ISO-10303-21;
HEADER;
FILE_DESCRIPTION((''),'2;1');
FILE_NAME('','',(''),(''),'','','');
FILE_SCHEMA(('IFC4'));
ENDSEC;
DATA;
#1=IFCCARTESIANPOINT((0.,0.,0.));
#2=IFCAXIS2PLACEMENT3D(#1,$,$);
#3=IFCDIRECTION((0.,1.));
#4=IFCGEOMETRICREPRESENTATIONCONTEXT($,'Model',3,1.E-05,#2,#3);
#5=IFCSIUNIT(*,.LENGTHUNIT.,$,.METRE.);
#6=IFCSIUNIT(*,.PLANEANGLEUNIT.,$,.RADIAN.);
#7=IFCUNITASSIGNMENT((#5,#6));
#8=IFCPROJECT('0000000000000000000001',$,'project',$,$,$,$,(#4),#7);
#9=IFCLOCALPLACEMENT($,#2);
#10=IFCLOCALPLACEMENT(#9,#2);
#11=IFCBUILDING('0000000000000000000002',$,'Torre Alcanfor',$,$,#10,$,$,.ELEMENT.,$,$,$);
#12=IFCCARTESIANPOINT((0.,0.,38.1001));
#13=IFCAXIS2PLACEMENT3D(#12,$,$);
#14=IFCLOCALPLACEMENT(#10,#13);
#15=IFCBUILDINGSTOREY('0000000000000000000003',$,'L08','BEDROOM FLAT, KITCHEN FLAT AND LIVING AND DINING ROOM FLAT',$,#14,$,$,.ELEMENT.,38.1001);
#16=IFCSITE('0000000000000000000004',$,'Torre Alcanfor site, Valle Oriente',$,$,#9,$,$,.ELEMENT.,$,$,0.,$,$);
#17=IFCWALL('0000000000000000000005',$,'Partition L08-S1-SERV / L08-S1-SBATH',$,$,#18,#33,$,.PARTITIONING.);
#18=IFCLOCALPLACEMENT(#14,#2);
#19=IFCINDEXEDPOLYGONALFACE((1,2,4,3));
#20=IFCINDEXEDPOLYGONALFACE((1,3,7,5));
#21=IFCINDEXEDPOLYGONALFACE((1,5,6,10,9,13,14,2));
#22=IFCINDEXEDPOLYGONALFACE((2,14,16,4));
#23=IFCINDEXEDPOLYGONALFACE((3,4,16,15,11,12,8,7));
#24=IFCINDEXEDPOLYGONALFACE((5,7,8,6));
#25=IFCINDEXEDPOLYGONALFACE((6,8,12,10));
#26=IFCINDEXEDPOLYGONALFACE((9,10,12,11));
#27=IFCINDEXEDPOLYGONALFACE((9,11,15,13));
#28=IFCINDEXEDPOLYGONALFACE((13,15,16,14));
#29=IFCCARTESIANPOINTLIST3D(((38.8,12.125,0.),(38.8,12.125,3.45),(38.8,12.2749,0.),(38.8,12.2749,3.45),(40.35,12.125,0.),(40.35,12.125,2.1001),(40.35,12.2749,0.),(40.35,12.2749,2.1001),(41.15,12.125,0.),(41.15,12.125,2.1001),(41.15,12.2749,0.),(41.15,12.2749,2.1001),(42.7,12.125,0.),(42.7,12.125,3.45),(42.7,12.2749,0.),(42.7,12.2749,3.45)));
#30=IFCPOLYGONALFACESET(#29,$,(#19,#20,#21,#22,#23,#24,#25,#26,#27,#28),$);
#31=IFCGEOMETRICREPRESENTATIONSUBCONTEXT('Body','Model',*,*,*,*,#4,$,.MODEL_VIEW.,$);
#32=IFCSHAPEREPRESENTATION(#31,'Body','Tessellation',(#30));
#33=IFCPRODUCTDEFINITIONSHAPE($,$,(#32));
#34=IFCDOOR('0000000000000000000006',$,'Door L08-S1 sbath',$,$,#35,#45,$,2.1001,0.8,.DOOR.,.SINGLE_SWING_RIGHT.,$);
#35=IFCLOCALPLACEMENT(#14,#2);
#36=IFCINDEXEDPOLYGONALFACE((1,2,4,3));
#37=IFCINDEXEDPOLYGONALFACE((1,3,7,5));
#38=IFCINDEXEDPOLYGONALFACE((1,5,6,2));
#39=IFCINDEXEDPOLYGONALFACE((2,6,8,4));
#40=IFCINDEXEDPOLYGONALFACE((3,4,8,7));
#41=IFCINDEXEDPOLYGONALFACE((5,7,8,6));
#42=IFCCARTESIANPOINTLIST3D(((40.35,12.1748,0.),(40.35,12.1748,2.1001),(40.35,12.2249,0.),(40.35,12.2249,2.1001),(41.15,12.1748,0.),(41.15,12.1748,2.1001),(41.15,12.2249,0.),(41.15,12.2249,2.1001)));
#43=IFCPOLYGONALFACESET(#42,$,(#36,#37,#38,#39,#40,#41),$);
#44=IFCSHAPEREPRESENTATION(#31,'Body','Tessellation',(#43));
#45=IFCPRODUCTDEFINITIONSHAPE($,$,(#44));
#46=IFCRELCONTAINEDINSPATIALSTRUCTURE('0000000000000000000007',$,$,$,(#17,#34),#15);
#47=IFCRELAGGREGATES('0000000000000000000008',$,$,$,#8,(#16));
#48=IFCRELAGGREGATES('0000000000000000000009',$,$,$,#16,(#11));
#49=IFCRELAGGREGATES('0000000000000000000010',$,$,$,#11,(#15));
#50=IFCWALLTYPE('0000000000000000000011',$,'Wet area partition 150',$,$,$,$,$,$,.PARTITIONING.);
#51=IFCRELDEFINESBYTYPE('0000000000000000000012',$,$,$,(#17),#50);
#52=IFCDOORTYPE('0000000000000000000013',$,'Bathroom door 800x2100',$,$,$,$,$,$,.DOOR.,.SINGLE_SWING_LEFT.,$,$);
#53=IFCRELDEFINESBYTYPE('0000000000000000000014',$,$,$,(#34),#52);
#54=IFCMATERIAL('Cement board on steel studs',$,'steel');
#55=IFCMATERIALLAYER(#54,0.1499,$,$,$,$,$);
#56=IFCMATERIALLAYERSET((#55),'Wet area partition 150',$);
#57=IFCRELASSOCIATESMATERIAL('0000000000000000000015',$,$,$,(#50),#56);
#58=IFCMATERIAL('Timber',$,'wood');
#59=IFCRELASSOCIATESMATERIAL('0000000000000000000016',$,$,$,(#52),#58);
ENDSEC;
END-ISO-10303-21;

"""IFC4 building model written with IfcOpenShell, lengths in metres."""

from ifc_helpers import new_model, si_unit, direction, frame, frame_2d, origin, place, context, subcontext, project, spatial, rectangle, extrude, material, layer, layer_set, type_object, element, fill, save


model = new_model("IFC4")

# Units and contexts
model_context = context("Model", 3, precision=1e-05, world=origin(), true_north=direction((0.0, 1.0)))
body_context = subcontext(model_context, "Body", "Model", "MODEL_VIEW")
ifc_project = project(units=[si_unit("LENGTHUNIT", "METRE"), si_unit("PLANEANGLEUNIT", "RADIAN")], contexts=[model_context])

# Site, building, storey
site_placement = place(None, origin())
site = spatial("IfcSite", under=ifc_project, at=site_placement, Name="Torre Alcanfor site, Valle Oriente", CompositionType="ELEMENT", RefElevation=0.0)
building_placement = place(site_placement, origin())
building = spatial("IfcBuilding", under=site, at=building_placement, Name="Torre Alcanfor", CompositionType="ELEMENT")
storey_placement = place(building_placement, frame((0.0, 0.0, 38.1001)))
storey = spatial("IfcBuildingStorey", under=building, at=storey_placement, Name="L08", Description="BEDROOM FLAT, KITCHEN FLAT AND LIVING AND DINING ROOM FLAT", CompositionType="ELEMENT", Elevation=38.1001)

# Shared definitions
ifc_material_1 = material(Name="Cement board on steel studs", Category="steel")
ifc_layer_1 = layer(ifc_material_1, 0.1499)
ifc_layer_set_1 = layer_set([ifc_layer_1], Name="Wet area partition 150")
wall_type_1 = type_object("IfcWallType", Name="Wet area partition 150", PredefinedType="PARTITIONING", material=ifc_layer_set_1)

# Wall, opening, door
wall_1_placement = place(storey_placement, frame((38.8, 12.2, 0.0), z_axis=(0.0, 0.0, 1.0), x_axis=(1.0, 0.0, 0.0)))
wall_1 = element("IfcWall", 1, at=wall_1_placement, inside=storey, type_object=wall_type_1, Name="Partition L08-S1-SERV / L08-S1-SBATH", PredefinedType="PARTITIONING", context=body_context, shape_type="SweptSolid", body=[
    extrude(rectangle(XDim=3.8999, YDim=0.1499, at=frame_2d((1.95, 0.0))), origin(), (0.0, 0.0, 1.0), 3.45),
])
opening_1_placement = place(wall_1_placement, frame((1.55, 0.0, 0.0)))
opening_1 = element("IfcOpeningElement", 2, at=opening_1_placement, cuts=wall_1, PredefinedType="OPENING", context=body_context, shape_type="SweptSolid", body=[
    extrude(rectangle(XDim=0.8, YDim=2.1001, at=frame_2d((0.3999, 1.05))), frame((0.0, 0.085, 0.0), z_axis=(0.0, -1.0, 0.0), x_axis=(1.0, 0.0, 0.0)), (0.0, 0.0, 1.0), 0.1699),
])
ifc_material_2 = material(Name="Timber", Category="wood")
door_type_1 = type_object("IfcDoorType", Name="Bathroom door 800x2100", OperationType="SINGLE_SWING_LEFT", PredefinedType="DOOR", material=ifc_material_2)
door_1_placement = place(opening_1_placement, frame((0.8, 0.0, 0.0), z_axis=(0.0, 0.0, 1.0), x_axis=(-1.0, 0.0, 0.0)))
door_1 = element("IfcDoor", 3, at=door_1_placement, inside=storey, type_object=door_type_1, Name="Door L08-S1 sbath", OperationType="SINGLE_SWING_RIGHT", OverallHeight=2.1001, OverallWidth=0.8, PredefinedType="DOOR", context=body_context, shape_type="SweptSolid", body=[
    extrude(rectangle(XDim=0.8, YDim=2.1001, at=frame_2d((0.4001, 1.05))), frame((0.0, 0.0251, 0.0), z_axis=(0.0, -1.0, 0.0), x_axis=(1.0, 0.0, 0.0)), (0.0, 0.0, 1.0), 0.05),
])
fill(opening_1, door_1)

save(model, "model.ifc")
